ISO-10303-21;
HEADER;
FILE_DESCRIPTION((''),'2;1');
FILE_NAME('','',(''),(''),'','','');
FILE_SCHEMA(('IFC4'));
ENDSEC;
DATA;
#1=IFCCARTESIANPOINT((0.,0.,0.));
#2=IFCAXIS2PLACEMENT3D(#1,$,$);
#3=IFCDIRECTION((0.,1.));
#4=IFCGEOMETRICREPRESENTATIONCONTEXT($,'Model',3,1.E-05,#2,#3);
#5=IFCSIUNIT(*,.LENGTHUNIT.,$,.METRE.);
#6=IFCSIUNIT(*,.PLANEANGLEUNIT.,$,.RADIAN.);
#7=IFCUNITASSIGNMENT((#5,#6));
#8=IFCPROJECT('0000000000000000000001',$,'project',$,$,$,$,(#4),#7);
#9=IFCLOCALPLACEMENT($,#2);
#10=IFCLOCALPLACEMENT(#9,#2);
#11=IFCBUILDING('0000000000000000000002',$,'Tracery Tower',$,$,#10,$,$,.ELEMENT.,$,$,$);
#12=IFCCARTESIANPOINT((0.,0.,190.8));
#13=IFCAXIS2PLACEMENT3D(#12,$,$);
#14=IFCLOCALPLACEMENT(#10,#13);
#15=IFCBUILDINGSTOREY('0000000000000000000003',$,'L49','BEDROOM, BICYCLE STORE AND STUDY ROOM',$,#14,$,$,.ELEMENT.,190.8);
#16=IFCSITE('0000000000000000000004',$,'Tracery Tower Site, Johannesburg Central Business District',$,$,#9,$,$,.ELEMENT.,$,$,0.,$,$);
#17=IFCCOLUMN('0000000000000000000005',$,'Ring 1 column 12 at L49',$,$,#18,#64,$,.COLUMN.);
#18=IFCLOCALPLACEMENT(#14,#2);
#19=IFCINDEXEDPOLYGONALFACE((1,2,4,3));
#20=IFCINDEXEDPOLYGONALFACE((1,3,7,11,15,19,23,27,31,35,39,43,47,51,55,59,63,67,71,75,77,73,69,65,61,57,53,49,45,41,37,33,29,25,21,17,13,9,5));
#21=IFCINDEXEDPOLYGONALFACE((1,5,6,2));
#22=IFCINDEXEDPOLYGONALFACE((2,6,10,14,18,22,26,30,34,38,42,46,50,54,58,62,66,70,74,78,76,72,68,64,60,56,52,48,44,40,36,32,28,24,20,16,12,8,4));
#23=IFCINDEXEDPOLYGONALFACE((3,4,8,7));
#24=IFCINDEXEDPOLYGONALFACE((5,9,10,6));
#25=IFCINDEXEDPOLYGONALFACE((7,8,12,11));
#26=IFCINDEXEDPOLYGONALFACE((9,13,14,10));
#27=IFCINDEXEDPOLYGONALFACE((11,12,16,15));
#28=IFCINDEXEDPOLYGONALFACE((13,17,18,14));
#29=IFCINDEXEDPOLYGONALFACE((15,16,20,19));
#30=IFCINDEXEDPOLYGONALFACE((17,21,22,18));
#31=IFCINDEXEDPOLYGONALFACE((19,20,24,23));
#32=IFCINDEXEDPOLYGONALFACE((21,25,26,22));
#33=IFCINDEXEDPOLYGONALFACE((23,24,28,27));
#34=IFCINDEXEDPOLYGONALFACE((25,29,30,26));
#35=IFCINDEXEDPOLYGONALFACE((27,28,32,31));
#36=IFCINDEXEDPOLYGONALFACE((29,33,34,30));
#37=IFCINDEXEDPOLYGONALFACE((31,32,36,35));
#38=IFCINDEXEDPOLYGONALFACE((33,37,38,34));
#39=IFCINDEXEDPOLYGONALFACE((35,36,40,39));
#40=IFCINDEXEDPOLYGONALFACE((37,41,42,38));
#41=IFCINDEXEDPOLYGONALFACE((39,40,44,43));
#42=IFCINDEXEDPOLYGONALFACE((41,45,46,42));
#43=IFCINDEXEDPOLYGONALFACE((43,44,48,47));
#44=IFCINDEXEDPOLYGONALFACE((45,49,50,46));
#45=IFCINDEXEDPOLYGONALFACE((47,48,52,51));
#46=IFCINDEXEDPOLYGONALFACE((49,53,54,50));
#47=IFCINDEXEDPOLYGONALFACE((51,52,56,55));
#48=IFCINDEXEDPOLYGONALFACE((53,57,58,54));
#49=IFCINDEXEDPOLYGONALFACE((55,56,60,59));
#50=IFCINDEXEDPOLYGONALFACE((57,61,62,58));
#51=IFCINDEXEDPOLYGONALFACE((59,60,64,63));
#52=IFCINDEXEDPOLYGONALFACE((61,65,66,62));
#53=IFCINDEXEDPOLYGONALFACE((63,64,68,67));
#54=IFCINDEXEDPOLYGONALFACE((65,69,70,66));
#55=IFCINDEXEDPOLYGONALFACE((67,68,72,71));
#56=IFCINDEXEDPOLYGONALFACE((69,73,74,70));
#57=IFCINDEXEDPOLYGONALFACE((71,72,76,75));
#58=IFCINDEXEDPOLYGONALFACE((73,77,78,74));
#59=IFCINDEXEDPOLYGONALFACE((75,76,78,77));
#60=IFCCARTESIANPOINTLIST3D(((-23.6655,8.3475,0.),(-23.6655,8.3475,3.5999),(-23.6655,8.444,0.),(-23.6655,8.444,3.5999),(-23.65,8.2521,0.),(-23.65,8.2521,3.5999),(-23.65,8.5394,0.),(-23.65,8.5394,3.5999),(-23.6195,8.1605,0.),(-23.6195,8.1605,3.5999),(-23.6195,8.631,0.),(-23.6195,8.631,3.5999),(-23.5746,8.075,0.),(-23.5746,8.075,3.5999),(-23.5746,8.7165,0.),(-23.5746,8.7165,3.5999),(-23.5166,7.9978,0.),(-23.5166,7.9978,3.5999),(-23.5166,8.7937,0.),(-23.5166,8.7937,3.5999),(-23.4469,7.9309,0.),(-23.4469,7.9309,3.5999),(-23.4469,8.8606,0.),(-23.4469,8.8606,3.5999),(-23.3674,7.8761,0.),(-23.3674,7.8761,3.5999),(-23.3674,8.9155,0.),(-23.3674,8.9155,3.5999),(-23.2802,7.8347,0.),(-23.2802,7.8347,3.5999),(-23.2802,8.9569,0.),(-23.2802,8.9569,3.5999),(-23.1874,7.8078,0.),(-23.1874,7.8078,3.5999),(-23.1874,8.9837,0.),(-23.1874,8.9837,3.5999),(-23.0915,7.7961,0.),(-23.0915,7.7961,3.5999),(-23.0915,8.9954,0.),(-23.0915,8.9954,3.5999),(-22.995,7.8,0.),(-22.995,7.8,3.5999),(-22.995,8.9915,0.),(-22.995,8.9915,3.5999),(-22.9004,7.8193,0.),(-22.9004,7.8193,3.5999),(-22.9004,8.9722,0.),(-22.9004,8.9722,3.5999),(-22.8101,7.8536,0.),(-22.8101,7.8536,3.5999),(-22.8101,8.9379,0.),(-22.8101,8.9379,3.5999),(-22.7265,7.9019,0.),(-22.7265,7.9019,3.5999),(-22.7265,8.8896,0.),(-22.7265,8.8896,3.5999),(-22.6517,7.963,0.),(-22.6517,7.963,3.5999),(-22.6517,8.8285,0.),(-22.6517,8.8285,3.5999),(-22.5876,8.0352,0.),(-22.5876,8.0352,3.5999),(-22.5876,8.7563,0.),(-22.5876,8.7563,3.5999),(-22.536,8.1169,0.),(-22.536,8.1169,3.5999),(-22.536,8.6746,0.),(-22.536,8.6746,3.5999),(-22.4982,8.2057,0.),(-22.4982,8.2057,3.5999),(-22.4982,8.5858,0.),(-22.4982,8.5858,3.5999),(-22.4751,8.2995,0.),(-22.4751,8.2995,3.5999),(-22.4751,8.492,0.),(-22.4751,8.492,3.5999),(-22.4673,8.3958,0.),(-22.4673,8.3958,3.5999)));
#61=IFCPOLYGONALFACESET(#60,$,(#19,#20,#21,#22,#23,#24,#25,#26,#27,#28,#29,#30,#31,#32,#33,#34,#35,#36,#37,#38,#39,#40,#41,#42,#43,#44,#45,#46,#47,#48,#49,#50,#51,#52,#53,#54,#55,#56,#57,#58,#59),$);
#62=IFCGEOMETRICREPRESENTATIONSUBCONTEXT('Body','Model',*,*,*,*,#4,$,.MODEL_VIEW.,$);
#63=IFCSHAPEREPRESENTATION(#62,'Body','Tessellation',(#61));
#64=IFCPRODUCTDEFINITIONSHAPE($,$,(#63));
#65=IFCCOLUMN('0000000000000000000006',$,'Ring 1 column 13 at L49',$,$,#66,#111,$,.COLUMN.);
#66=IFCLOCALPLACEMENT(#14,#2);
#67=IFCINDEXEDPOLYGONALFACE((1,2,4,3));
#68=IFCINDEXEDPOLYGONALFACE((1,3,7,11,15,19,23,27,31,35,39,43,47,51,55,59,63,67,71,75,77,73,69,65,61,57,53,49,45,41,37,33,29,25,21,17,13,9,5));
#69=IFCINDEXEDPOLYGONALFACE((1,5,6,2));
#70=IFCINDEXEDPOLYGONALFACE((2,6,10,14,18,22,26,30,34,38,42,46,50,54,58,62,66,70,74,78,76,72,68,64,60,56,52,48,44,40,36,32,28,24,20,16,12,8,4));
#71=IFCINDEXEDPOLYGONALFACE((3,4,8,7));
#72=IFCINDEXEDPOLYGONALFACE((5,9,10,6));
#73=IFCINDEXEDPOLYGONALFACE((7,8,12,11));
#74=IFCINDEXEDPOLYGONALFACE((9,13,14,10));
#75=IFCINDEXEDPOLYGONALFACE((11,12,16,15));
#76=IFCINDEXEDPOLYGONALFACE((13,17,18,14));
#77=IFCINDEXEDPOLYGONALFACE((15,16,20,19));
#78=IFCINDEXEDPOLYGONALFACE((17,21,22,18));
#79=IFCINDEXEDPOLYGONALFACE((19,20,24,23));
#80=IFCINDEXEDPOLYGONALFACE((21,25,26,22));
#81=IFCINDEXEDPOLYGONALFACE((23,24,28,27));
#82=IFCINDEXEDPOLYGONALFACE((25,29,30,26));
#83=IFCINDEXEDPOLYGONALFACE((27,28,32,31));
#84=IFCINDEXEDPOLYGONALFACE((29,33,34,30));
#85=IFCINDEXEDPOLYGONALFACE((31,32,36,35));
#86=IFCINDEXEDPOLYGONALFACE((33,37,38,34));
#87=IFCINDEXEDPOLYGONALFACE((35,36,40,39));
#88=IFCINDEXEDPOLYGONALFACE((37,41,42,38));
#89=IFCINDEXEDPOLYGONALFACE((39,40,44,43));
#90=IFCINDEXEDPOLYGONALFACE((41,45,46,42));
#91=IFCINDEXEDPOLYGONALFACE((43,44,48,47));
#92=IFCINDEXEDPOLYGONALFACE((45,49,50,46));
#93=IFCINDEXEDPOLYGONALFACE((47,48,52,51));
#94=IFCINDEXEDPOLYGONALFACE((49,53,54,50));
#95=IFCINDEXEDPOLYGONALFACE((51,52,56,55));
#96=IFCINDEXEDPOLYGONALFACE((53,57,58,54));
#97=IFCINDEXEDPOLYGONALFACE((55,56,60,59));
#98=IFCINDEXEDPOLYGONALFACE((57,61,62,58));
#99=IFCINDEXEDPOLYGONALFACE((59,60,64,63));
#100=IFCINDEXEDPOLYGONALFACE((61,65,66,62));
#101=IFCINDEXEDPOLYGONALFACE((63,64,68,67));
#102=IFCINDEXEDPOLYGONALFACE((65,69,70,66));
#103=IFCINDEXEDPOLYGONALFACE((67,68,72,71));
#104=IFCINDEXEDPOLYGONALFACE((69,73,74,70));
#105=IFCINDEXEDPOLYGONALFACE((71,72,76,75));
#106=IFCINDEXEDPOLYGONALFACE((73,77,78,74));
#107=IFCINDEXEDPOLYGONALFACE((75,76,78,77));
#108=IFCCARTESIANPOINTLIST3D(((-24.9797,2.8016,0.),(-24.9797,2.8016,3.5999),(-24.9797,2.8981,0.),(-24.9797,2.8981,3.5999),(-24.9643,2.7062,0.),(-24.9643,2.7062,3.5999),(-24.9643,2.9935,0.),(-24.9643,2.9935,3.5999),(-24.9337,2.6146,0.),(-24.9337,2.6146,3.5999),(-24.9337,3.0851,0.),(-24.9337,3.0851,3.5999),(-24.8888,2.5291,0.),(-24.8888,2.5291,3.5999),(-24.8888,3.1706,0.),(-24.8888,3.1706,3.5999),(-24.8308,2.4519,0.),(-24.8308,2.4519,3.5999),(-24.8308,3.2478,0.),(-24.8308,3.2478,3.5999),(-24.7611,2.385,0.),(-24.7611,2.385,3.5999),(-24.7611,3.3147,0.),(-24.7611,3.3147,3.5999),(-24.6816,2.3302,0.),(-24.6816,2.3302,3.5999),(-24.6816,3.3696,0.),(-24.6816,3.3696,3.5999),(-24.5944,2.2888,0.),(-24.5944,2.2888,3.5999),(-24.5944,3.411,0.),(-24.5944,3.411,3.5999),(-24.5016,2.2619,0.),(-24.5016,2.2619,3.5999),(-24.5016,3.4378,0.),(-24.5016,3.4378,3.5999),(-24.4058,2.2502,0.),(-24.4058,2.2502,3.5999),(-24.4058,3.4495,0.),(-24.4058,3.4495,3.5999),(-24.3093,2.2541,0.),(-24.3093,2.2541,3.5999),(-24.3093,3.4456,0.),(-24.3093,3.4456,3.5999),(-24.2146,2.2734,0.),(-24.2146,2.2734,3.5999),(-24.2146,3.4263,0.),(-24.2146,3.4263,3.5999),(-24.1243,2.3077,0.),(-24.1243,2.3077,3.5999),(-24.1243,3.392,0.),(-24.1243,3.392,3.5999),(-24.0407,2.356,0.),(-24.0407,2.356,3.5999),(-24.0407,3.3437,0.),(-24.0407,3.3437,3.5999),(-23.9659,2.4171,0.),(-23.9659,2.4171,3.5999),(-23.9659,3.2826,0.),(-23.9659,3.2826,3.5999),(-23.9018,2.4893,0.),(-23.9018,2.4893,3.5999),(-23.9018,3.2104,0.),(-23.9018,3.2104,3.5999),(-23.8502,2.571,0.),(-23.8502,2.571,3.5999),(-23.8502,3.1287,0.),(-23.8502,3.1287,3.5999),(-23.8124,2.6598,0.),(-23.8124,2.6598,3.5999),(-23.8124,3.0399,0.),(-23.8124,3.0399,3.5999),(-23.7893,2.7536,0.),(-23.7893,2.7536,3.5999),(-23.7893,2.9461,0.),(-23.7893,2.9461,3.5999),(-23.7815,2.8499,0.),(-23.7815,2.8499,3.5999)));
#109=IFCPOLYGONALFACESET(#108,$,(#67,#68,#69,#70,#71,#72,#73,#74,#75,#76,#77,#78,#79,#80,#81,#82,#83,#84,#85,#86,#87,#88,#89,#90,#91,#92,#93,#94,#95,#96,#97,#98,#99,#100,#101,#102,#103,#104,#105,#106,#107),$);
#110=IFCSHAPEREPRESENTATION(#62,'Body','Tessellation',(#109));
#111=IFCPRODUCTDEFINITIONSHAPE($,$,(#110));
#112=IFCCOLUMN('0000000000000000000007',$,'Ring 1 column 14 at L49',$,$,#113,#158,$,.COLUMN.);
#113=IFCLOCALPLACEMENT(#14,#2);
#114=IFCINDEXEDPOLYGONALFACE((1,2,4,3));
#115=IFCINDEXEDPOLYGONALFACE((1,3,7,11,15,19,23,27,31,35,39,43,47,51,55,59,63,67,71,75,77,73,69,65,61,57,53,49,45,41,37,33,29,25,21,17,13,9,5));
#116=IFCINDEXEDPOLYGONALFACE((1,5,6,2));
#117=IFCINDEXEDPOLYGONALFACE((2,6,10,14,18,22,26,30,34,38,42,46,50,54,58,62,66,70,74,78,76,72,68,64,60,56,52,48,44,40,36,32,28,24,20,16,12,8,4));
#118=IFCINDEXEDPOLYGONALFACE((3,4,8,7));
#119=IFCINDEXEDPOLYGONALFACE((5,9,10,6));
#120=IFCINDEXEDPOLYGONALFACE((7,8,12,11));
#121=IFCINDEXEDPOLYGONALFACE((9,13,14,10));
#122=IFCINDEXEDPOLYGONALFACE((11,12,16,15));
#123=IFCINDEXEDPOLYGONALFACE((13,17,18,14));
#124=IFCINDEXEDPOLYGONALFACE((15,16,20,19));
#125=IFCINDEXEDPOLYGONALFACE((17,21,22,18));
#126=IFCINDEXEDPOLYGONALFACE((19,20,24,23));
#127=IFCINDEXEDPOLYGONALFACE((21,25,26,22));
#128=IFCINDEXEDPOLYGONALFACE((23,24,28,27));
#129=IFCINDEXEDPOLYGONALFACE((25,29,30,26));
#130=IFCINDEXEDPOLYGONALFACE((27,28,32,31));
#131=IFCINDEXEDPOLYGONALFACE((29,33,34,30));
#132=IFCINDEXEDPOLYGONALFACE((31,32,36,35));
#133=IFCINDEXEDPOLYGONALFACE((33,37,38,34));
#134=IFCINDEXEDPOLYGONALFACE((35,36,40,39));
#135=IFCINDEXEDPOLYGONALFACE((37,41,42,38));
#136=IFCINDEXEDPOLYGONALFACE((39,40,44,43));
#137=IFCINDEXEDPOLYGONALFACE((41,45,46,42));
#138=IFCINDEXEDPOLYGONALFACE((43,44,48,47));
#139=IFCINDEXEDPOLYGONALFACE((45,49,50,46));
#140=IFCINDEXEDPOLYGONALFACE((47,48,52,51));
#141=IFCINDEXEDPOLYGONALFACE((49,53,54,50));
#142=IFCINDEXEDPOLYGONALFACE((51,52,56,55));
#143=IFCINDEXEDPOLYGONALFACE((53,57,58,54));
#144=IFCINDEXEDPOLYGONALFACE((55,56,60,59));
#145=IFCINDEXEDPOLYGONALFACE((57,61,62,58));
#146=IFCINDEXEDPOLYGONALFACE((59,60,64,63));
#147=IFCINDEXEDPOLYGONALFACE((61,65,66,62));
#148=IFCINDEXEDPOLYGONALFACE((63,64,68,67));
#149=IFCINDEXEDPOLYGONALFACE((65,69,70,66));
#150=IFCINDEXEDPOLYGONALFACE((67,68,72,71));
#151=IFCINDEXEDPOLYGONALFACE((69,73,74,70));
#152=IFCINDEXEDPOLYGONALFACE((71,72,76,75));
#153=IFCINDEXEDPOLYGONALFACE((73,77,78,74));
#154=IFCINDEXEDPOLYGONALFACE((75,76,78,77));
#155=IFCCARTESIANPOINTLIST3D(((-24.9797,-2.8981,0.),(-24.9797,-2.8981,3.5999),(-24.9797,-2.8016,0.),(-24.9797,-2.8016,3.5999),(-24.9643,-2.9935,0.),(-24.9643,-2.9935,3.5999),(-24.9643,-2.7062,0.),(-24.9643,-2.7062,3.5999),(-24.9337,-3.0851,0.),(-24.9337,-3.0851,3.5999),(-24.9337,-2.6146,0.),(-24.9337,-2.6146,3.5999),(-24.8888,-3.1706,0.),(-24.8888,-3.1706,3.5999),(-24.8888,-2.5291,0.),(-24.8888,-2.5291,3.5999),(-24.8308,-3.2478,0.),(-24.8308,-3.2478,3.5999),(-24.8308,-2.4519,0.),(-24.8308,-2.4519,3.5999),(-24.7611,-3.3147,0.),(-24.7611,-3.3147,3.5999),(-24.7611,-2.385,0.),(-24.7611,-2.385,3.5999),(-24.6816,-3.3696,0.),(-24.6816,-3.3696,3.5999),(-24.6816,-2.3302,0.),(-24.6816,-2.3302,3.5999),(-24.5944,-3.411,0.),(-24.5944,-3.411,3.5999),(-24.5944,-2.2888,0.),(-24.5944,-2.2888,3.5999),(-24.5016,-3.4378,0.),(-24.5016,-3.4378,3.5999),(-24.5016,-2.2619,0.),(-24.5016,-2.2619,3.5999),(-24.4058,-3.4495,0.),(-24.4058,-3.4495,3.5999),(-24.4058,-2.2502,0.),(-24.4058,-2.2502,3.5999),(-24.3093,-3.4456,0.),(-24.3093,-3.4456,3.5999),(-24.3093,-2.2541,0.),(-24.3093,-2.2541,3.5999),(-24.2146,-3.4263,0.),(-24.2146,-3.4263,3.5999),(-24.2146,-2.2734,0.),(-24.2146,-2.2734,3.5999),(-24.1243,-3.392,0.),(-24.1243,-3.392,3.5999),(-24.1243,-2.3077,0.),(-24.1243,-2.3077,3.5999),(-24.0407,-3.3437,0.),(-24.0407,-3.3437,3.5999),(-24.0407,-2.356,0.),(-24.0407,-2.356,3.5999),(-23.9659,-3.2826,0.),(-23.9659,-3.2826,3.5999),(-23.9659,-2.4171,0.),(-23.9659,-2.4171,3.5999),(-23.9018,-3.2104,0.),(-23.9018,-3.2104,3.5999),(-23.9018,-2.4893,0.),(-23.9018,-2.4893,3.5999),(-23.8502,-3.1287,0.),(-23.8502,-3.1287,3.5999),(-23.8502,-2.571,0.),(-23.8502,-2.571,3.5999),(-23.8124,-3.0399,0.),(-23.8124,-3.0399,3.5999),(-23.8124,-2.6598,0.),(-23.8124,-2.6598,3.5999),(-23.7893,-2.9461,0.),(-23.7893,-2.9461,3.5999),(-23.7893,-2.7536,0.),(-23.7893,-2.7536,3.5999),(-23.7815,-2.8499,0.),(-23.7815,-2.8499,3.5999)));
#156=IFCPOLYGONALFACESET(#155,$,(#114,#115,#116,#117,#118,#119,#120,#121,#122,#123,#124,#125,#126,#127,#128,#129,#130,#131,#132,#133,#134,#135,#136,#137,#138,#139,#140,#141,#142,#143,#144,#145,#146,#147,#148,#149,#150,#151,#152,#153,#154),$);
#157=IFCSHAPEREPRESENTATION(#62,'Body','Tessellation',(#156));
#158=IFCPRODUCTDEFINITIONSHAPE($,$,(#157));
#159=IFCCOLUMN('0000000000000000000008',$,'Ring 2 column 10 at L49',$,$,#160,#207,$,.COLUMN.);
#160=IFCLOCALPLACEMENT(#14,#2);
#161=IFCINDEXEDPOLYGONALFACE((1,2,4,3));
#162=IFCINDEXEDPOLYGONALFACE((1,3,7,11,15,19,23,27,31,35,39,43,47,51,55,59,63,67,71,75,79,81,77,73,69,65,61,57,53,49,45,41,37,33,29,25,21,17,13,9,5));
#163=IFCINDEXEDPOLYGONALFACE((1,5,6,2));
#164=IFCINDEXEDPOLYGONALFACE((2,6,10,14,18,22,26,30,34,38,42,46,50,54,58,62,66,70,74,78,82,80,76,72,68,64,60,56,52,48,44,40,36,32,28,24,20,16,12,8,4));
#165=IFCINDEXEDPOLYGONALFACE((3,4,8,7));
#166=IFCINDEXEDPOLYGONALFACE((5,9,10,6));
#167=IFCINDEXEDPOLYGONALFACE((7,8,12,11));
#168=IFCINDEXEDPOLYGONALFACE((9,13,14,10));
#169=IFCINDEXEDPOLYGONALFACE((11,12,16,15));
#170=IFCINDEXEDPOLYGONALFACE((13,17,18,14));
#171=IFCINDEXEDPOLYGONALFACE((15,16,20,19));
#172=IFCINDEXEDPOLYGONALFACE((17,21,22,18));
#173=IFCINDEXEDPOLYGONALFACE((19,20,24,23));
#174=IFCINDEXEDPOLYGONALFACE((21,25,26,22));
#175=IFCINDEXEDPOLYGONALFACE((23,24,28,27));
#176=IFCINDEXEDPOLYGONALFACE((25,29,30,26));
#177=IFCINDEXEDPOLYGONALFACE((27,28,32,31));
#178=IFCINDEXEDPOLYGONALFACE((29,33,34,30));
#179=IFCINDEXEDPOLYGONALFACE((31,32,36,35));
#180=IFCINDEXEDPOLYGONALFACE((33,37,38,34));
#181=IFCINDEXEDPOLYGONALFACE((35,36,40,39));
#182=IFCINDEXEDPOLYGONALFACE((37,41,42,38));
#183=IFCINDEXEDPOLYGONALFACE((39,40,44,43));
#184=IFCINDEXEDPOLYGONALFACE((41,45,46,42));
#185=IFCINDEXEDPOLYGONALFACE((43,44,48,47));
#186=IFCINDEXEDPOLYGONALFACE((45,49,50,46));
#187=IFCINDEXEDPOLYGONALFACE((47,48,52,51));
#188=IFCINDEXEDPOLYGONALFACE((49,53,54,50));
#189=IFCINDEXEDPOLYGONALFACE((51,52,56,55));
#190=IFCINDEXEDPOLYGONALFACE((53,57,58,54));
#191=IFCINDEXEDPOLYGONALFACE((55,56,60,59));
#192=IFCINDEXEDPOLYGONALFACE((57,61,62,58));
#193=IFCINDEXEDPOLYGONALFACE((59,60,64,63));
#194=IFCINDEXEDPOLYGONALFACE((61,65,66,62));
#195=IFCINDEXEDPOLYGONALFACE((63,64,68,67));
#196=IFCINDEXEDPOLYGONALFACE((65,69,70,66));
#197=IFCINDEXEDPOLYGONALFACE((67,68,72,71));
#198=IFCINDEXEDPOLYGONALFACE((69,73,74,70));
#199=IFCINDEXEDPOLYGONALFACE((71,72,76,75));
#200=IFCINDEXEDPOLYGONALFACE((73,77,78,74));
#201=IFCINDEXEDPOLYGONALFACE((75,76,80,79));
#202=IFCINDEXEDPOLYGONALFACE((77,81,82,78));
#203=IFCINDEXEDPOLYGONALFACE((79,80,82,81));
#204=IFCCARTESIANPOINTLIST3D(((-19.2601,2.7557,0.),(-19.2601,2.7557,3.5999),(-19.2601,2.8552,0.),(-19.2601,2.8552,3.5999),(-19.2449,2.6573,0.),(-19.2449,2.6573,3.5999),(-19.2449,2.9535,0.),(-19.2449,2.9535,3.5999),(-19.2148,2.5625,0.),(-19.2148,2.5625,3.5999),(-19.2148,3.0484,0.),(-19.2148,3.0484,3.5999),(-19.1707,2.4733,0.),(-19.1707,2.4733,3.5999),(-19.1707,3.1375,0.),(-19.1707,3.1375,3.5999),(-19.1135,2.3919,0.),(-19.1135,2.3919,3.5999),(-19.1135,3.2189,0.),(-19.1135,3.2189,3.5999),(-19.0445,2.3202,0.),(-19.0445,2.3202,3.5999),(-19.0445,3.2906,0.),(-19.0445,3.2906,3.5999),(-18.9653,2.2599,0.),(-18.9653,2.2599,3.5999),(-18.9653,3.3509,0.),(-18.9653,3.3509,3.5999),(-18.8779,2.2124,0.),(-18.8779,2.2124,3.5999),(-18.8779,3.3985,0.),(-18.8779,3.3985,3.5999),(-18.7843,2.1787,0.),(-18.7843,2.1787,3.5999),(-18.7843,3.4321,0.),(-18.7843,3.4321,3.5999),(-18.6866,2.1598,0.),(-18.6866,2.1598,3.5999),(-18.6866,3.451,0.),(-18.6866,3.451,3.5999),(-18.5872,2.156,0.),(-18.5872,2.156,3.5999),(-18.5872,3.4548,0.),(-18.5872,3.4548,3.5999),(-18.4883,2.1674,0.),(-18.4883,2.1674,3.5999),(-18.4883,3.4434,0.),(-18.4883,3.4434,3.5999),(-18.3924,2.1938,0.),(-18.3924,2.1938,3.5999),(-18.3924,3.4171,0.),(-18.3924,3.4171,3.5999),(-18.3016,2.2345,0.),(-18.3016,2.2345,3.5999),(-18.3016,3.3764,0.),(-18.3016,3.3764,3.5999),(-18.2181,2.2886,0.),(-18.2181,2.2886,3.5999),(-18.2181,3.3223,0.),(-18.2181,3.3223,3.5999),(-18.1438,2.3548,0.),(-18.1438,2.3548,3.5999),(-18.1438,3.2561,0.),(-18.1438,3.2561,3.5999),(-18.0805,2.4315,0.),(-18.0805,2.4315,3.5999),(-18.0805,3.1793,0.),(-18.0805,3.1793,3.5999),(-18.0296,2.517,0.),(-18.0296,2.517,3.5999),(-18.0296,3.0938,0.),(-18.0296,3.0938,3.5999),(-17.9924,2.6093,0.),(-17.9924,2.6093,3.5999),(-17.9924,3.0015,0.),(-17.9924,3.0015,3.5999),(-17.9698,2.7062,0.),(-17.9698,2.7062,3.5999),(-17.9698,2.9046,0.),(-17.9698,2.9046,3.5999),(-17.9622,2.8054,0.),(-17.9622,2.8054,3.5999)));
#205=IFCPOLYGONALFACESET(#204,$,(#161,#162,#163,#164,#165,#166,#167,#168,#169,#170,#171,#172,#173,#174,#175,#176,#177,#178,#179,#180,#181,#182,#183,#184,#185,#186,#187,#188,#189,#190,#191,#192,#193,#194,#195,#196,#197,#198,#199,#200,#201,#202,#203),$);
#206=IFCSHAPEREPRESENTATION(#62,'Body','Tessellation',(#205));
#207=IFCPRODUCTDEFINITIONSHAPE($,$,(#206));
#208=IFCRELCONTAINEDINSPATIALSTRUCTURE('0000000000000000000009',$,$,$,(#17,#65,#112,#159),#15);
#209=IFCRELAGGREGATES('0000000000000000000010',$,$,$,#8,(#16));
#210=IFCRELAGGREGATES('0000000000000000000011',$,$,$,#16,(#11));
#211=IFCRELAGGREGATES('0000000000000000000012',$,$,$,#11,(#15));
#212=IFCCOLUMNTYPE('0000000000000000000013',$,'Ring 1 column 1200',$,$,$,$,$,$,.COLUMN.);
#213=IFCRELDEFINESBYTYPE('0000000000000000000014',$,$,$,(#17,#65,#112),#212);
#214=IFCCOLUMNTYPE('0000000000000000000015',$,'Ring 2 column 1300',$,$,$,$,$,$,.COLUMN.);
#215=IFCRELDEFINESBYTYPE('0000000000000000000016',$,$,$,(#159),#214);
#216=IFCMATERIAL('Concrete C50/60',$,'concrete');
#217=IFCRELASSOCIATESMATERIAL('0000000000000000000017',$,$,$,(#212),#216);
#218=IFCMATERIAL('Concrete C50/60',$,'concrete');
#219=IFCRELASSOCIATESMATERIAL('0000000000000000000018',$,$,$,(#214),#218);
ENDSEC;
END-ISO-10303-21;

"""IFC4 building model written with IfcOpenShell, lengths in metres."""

from ifc_helpers import new_model, si_unit, direction, frame, origin, origin_2d, place, context, subcontext, project, spatial, circle, extrude, material, material_profile, profile_set, type_object, element, save


model = new_model("IFC4")

# Units and contexts
model_context = context("Model", 3, precision=1e-05, world=origin(), true_north=direction((0.0, 1.0)))
body_context = subcontext(model_context, "Body", "Model", "MODEL_VIEW")
ifc_project = project(units=[si_unit("LENGTHUNIT", "METRE"), si_unit("PLANEANGLEUNIT", "RADIAN")], contexts=[model_context])

# Site, building, storey
site_placement = place(None, origin())
site = spatial("IfcSite", under=ifc_project, at=site_placement, Name="Tracery Tower Site, Johannesburg Central Business District", CompositionType="ELEMENT", RefElevation=0.0)
building_placement = place(site_placement, origin())
building = spatial("IfcBuilding", under=site, at=building_placement, Name="Tracery Tower", CompositionType="ELEMENT")
storey_placement = place(building_placement, frame((0.0, 0.0, 190.8)))
storey = spatial("IfcBuildingStorey", under=building, at=storey_placement, Name="L49", Description="BEDROOM, BICYCLE STORE AND STUDY ROOM", CompositionType="ELEMENT", Elevation=190.8)

# Columns
ifc_material_1 = material(Name="Concrete C50/60", Category="concrete")
ifc_material_profile_1 = material_profile(ifc_material_1, circle(Radius=0.6001, at=origin_2d()), Name="RC D1200")
ifc_profile_set_1 = profile_set([ifc_material_profile_1], Name="Concrete C50/60")
column_type_1 = type_object("IfcColumnType", Name="Ring 1 column 1200", PredefinedType="COLUMN", material=ifc_profile_set_1)
for number, where, z_axis, x_axis, name in (
    (1, (-23.0674, 8.3958, 0.0), (0.0, 0.0, 1.0), (1.0, 0.0, 0.0), "Ring 1 column 12 at L49"),
    (2, (-24.3816, 2.8499, 0.0), (0.0, 0.0, 1.0), (1.0, 0.0, 0.0), "Ring 1 column 13 at L49"),
    (3, (-24.3816, -2.8499, 0.0), (0.0, 0.0, 1.0), (1.0, 0.0, 0.0), "Ring 1 column 14 at L49"),
):
    element("IfcColumn", number, at=place(storey_placement, frame(where, z_axis=z_axis, x_axis=x_axis)), inside=storey, type_object=column_type_1, Name=name, PredefinedType="COLUMN", context=body_context, shape_type="SweptSolid", body=[
        extrude(circle(Radius=0.6001, at=origin_2d()), origin(), (0.0, 0.0, 1.0), 3.5999),
    ])
ifc_material_2 = material(Name="Concrete C50/60", Category="concrete")
ifc_material_profile_2 = material_profile(ifc_material_2, circle(Radius=0.6499, at=origin_2d()), Name="RC D1300")
ifc_profile_set_2 = profile_set([ifc_material_profile_2], Name="Concrete C50/60")
column_type_2 = type_object("IfcColumnType", Name="Ring 2 column 1300", PredefinedType="COLUMN", material=ifc_profile_set_2)
for number, where, z_axis, x_axis, name in (
    (4, (-18.6121, 2.8054, 0.0), (0.0, 0.0, 1.0), (1.0, 0.0, 0.0), "Ring 2 column 10 at L49"),
):
    element("IfcColumn", number, at=place(storey_placement, frame(where, z_axis=z_axis, x_axis=x_axis)), inside=storey, type_object=column_type_2, Name=name, PredefinedType="COLUMN", context=body_context, shape_type="SweptSolid", body=[
        extrude(circle(Radius=0.6499, at=origin_2d()), origin(), (0.0, 0.0, 1.0), 3.5999),
    ])

save(model, "model.ifc")
